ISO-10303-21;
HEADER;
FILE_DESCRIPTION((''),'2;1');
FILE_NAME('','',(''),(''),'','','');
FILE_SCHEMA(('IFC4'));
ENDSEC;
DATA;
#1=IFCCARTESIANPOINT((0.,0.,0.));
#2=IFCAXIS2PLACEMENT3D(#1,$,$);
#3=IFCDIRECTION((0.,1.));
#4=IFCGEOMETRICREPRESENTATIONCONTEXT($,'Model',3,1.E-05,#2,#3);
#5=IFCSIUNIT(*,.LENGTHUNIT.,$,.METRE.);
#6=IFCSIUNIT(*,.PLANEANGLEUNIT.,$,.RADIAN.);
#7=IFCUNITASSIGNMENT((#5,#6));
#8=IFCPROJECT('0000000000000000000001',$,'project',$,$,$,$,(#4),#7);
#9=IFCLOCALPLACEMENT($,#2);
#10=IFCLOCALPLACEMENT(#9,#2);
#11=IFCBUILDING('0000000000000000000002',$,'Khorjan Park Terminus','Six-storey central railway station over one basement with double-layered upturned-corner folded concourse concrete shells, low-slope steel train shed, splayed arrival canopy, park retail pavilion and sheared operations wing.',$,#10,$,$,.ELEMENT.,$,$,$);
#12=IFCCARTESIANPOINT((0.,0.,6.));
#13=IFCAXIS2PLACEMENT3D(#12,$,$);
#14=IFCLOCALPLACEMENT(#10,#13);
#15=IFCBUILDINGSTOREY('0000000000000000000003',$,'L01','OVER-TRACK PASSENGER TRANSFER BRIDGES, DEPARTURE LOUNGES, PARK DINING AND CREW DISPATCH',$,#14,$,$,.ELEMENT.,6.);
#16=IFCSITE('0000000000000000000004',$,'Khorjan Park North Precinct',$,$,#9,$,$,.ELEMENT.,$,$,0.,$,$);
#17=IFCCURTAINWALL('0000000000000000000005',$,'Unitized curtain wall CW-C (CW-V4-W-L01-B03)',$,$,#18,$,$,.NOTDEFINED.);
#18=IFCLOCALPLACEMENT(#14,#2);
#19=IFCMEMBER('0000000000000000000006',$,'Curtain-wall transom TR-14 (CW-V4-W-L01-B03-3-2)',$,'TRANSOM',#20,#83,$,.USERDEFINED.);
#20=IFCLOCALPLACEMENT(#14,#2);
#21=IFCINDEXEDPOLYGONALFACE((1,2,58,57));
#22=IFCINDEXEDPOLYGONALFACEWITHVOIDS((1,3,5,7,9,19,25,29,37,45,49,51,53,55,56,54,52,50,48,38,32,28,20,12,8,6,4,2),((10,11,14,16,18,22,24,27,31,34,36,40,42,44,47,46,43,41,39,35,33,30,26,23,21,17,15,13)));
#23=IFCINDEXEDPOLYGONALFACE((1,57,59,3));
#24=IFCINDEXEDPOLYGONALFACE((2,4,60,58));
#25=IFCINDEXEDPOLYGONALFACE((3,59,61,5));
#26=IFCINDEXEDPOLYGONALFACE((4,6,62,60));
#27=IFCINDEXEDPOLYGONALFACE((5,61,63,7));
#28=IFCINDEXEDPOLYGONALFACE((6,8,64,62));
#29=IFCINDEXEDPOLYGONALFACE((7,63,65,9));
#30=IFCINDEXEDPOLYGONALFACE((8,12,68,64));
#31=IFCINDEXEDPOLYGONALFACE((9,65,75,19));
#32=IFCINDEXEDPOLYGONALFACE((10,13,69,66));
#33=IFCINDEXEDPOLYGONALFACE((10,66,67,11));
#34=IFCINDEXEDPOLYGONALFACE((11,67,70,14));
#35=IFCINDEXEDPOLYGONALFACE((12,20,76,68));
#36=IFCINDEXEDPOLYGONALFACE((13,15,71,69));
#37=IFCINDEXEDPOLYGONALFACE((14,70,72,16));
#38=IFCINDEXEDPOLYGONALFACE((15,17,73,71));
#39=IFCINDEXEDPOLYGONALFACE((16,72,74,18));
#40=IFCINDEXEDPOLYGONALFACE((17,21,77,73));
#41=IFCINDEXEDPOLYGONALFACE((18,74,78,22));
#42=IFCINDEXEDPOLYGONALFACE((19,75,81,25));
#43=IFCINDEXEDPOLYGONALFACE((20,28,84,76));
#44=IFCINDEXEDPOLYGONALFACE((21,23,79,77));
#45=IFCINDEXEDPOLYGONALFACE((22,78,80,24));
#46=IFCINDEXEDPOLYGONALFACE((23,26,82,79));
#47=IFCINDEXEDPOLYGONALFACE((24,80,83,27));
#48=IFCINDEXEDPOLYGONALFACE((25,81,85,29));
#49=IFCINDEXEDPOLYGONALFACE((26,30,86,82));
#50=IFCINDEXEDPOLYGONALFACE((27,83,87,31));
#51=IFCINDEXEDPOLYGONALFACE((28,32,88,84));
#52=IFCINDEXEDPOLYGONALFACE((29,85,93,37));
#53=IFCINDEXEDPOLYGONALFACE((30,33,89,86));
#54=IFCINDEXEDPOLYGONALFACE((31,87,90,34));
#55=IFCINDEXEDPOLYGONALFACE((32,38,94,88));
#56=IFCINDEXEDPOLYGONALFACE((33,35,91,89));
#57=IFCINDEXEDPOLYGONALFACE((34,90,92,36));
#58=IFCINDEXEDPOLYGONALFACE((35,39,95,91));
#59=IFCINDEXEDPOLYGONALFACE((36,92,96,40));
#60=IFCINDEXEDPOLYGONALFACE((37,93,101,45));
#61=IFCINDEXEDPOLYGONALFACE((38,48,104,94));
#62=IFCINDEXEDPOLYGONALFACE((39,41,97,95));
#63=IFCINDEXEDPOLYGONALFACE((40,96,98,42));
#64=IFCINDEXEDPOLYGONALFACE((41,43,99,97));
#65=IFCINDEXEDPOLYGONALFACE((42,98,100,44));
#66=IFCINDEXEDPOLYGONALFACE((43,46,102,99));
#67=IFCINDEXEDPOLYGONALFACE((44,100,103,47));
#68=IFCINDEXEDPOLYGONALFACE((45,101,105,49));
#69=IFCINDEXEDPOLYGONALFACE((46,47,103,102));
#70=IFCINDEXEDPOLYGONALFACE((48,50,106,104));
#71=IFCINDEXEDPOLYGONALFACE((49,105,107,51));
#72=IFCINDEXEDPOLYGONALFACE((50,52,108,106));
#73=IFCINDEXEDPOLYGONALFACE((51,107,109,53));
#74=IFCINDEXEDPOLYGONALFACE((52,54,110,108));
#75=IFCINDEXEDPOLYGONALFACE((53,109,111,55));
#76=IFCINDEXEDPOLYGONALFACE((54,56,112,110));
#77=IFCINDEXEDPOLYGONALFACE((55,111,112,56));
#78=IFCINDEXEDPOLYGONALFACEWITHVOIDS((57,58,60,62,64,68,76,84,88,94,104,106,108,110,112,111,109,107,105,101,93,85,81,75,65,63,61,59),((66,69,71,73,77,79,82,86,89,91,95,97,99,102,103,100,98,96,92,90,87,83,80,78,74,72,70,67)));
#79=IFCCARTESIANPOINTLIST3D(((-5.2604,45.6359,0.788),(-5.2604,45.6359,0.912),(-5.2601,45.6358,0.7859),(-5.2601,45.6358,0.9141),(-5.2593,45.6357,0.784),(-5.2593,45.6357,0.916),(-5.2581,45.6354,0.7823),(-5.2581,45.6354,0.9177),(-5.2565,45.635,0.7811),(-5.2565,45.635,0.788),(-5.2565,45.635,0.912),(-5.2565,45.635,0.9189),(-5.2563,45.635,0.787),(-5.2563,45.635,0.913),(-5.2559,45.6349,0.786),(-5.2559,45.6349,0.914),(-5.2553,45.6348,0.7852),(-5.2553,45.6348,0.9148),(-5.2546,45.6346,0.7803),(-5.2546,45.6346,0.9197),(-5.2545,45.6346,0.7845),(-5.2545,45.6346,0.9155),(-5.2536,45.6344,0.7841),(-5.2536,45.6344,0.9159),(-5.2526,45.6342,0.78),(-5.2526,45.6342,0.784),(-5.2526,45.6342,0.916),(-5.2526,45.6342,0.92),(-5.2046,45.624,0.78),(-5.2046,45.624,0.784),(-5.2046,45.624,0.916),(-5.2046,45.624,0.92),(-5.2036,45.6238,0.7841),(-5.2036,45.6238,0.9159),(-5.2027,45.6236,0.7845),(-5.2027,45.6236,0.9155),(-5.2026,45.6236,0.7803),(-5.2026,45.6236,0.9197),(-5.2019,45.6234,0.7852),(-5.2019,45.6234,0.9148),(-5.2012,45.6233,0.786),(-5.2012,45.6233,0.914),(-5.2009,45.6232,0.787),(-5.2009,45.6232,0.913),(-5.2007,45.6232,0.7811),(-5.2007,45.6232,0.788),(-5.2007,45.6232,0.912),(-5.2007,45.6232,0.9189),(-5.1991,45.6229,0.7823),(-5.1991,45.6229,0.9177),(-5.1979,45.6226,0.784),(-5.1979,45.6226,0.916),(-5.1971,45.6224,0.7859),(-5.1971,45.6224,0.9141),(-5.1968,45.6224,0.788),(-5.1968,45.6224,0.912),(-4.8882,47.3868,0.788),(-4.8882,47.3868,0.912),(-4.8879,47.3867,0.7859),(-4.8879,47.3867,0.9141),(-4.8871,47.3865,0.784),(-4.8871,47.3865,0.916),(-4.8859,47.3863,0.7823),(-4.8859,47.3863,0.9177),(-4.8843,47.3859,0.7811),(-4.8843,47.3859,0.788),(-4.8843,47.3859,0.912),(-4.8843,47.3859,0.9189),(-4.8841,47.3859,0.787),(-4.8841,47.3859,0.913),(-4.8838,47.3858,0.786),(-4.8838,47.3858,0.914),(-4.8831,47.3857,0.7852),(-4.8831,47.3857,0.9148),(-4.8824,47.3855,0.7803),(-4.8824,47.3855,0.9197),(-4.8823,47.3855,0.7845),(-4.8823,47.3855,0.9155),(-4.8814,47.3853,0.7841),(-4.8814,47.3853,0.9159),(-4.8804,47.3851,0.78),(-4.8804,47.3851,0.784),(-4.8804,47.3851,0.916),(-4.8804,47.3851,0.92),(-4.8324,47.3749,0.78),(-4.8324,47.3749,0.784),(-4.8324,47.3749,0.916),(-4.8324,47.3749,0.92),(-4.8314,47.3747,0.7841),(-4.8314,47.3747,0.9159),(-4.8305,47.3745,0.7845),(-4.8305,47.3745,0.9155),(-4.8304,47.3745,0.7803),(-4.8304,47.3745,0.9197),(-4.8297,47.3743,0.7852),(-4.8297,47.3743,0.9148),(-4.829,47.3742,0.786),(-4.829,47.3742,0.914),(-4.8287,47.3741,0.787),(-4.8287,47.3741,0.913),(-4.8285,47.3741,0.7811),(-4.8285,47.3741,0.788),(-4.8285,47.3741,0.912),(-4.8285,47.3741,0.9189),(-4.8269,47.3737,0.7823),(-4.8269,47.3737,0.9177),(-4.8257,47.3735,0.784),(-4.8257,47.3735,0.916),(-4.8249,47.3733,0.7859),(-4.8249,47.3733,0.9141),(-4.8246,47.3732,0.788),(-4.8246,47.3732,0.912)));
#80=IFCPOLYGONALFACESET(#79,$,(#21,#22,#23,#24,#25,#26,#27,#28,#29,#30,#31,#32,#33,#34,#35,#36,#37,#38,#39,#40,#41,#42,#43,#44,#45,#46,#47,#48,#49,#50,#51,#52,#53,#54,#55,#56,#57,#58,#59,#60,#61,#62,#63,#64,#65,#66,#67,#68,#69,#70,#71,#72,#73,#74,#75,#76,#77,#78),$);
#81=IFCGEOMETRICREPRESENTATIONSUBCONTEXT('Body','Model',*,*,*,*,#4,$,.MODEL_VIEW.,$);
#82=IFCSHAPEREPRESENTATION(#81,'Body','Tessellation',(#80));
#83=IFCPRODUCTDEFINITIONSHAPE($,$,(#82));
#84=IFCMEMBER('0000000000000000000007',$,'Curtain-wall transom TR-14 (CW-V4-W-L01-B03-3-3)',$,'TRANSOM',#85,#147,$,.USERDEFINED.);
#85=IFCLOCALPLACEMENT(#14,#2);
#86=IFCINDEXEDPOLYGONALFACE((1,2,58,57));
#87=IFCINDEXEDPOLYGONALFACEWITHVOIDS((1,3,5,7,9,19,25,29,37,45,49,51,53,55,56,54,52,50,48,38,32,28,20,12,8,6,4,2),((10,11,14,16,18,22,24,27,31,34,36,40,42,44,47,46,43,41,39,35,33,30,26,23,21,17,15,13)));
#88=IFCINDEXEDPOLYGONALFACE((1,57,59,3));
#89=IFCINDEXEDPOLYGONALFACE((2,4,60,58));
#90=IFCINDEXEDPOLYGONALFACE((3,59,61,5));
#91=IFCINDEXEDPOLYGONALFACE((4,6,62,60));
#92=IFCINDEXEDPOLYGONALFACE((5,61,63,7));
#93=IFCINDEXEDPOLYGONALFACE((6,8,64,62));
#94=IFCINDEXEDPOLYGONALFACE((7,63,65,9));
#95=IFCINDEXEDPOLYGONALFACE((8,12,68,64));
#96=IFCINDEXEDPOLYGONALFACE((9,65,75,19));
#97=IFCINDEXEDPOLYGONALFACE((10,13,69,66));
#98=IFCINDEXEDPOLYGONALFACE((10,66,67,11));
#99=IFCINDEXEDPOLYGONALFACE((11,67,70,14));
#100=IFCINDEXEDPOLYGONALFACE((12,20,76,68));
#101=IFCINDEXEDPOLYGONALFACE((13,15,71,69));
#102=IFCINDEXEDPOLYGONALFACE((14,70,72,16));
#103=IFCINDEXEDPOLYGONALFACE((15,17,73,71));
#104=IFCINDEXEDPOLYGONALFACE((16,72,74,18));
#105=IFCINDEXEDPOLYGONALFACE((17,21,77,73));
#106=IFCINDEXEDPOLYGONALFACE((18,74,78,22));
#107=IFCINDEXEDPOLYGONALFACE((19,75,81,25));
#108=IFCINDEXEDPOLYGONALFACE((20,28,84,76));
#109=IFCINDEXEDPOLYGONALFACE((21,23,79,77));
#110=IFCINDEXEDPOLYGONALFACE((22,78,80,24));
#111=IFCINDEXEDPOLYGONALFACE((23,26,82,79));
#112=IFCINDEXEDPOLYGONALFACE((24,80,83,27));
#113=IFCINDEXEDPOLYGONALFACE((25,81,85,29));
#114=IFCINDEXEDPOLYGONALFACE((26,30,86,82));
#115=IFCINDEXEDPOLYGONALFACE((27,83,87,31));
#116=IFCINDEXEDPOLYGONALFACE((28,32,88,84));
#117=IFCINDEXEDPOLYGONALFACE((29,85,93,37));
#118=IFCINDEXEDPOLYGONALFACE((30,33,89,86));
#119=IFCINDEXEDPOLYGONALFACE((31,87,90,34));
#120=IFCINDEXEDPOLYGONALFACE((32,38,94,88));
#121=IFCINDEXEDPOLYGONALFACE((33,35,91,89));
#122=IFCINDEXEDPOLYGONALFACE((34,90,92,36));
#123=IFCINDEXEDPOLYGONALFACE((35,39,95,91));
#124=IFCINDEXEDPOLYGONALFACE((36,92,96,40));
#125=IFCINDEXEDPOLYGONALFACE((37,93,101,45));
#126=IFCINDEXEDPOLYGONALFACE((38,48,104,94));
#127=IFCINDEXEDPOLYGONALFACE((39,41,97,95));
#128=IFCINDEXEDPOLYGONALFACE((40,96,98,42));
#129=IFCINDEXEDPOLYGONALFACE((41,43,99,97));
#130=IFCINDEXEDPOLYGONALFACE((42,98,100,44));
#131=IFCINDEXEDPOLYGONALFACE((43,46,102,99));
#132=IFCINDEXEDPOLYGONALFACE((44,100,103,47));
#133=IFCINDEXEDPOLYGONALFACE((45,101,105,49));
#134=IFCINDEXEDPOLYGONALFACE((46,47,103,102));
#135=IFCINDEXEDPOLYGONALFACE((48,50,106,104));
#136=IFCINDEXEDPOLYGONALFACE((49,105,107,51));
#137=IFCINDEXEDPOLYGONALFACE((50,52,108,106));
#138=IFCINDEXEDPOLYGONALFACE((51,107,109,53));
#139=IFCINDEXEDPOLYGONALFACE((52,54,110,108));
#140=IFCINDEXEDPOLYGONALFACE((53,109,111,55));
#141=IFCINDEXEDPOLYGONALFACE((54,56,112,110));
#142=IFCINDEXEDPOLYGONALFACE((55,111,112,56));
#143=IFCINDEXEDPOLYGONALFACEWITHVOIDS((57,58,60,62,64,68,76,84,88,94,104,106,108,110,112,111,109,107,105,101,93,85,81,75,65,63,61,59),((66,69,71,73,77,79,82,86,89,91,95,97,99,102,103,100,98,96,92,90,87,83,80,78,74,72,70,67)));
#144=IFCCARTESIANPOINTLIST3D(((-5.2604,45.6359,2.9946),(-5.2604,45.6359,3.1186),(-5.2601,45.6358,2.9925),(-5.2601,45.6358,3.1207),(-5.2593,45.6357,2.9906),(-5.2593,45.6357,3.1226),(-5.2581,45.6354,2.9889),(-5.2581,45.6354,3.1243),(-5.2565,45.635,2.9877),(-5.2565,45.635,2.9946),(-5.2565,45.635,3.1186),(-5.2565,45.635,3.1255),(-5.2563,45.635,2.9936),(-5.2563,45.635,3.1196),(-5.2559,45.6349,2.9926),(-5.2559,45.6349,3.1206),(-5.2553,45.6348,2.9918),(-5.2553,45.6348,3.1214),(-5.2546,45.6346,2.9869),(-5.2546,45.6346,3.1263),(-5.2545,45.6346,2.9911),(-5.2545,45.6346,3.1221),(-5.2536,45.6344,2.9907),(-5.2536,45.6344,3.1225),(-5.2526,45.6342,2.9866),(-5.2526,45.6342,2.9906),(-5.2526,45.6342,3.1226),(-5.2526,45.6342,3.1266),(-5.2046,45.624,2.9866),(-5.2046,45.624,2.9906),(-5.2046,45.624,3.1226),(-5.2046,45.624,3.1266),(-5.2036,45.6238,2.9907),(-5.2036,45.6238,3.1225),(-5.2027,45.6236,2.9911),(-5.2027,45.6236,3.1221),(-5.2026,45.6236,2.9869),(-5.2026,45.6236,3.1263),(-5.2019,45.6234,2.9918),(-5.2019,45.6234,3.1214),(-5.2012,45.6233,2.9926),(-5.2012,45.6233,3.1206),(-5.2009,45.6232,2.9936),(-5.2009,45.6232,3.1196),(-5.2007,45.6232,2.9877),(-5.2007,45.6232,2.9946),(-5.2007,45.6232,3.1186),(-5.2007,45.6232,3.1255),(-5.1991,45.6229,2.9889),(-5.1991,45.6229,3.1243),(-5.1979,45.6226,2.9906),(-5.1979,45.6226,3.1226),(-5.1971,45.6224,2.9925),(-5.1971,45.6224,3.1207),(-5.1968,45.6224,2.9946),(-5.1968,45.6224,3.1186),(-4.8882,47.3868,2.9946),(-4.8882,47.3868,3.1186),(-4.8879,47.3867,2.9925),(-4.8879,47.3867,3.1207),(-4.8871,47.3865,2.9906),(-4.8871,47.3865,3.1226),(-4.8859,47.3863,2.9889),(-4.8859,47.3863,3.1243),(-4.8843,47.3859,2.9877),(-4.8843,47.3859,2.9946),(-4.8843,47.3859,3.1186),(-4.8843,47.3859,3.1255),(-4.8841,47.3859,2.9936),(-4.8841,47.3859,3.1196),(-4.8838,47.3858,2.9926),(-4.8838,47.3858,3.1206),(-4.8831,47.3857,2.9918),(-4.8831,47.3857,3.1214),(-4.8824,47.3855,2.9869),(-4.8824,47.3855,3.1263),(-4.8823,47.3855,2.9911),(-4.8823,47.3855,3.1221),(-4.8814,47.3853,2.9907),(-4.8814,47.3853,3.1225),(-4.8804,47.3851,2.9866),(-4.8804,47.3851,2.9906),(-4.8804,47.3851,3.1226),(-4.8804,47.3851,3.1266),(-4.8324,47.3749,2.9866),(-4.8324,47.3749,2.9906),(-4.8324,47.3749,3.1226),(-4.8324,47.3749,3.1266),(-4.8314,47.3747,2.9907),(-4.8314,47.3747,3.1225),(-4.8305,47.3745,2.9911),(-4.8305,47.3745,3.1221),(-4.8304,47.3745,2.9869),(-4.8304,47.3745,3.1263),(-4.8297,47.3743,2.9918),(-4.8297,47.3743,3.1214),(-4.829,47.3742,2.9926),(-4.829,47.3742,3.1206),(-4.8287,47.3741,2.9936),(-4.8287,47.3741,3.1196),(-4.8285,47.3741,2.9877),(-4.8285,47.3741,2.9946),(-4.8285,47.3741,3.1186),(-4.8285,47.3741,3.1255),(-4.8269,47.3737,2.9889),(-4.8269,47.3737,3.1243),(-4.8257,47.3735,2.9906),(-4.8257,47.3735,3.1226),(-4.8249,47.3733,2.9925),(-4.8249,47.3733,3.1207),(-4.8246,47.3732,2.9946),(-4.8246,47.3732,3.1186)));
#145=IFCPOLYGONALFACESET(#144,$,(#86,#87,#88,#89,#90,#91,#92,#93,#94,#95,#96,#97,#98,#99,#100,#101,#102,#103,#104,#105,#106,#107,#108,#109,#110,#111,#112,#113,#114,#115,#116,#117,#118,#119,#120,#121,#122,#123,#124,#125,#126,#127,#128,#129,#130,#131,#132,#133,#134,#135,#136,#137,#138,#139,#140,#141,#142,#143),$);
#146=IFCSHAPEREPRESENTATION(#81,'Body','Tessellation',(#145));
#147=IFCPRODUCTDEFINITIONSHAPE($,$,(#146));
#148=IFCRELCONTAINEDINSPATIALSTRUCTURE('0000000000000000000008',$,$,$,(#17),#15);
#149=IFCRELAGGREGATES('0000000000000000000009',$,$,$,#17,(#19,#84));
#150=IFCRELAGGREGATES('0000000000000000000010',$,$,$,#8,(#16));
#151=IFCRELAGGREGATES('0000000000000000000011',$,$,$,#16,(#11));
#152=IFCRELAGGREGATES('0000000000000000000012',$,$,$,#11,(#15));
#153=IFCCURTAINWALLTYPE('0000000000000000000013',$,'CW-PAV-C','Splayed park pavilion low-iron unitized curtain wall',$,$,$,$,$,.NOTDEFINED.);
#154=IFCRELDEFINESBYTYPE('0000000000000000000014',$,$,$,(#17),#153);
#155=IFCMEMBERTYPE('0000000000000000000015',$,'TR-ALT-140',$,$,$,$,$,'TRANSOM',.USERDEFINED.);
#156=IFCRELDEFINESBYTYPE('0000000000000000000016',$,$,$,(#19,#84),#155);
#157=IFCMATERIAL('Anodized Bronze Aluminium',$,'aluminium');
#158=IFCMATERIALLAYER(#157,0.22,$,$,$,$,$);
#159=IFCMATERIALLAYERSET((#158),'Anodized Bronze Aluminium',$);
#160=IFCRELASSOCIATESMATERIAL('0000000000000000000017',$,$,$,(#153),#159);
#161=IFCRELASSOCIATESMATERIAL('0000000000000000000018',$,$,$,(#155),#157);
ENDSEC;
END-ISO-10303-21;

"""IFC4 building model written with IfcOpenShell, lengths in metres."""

from ifc_helpers import new_model, si_unit, direction, frame, origin, origin_2d, place, context, subcontext, project, spatial, hollow_rectangle, extrude, material, layer, layer_set, material_profile, profile_set, type_object, element, aggregate, save


model = new_model("IFC4")

# Units and contexts
model_context = context("Model", 3, precision=1e-05, world=origin(), true_north=direction((0.0, 1.0)))
body_context = subcontext(model_context, "Body", "Model", "MODEL_VIEW")
ifc_project = project(units=[si_unit("LENGTHUNIT", "METRE"), si_unit("PLANEANGLEUNIT", "RADIAN")], contexts=[model_context])

# Site, building, storey
site_placement = place(None, origin())
site = spatial("IfcSite", under=ifc_project, at=site_placement, Name="Khorjan Park North Precinct", CompositionType="ELEMENT", RefElevation=0.0)
building_placement = place(site_placement, origin())
building = spatial("IfcBuilding", under=site, at=building_placement, Name="Khorjan Park Terminus", Description="Six-storey central railway station over one basement with double-layered upturned-corner folded concourse concrete shells, low-slope steel train shed, splayed arrival canopy, park retail pavilion and sheared operations wing.", CompositionType="ELEMENT")
storey_placement = place(building_placement, frame((0.0, 0.0, 6.0)))
storey = spatial("IfcBuildingStorey", under=building, at=storey_placement, Name="L01", Description="OVER-TRACK PASSENGER TRANSFER BRIDGES, DEPARTURE LOUNGES, PARK DINING AND CREW DISPATCH", CompositionType="ELEMENT", Elevation=6.0)

# Curtain wall, members
ifc_material_1 = material(Name="Anodized Bronze Aluminium", Category="aluminium")
ifc_layer_1 = layer(ifc_material_1, 0.22)
ifc_layer_set_1 = layer_set([ifc_layer_1], Name="Anodized Bronze Aluminium")
curtain_wall_type = type_object("IfcCurtainWallType", Name="CW-PAV-C", Description="Splayed park pavilion low-iron unitized curtain wall", PredefinedType="NOTDEFINED", material=ifc_layer_set_1)
curtain_wall_placement = place(storey_placement, origin())
curtain_wall = element("IfcCurtainWall", 1, at=curtain_wall_placement, inside=storey, type_object=curtain_wall_type, Name="Unitized curtain wall CW-C (CW-V4-W-L01-B03)", PredefinedType="NOTDEFINED")
ifc_material_profile_1 = material_profile(ifc_material_1, hollow_rectangle(XDim=0.065, YDim=0.14, WallThickness=0.004, InnerFilletRadius=0.004, OuterFilletRadius=0.008, at=origin_2d()), Name="ALT 65x140x4")
ifc_profile_set_1 = profile_set([ifc_material_profile_1], Name="Anodized Bronze Aluminium")
member_type_1 = type_object("IfcMemberType", Name="TR-ALT-140", ElementType="TRANSOM", PredefinedType="USERDEFINED", material=ifc_profile_set_1)
member_1_placement = place(storey_placement, frame((-4.8564, 47.38, 0.85), z_axis=(-0.20793, -0.978144, 0.0), x_axis=(0.978144, -0.20793, 0.0)))
member_1 = element("IfcMember", 2, at=member_1_placement, type_object=member_type_1, Name="Curtain-wall transom TR-14 (CW-V4-W-L01-B03-3-2)", ObjectType="TRANSOM", PredefinedType="USERDEFINED", context=body_context, shape_type="SweptSolid", body=[
    extrude(hollow_rectangle(XDim=0.065, YDim=0.14, WallThickness=0.004, InnerFilletRadius=0.004, OuterFilletRadius=0.008, at=origin_2d()), origin(), (0.0, 0.0, 1.0), 1.79),
])
member_2_placement = place(storey_placement, frame((-4.8564, 47.38, 3.0566), z_axis=(-0.20793, -0.978144, 0.0), x_axis=(0.978144, -0.20793, 0.0)))
member_2 = element("IfcMember", 3, at=member_2_placement, type_object=member_type_1, Name="Curtain-wall transom TR-14 (CW-V4-W-L01-B03-3-3)", ObjectType="TRANSOM", PredefinedType="USERDEFINED", context=body_context, shape_type="SweptSolid", body=[
    extrude(hollow_rectangle(XDim=0.065, YDim=0.14, WallThickness=0.004, InnerFilletRadius=0.004, OuterFilletRadius=0.008, at=origin_2d()), origin(), (0.0, 0.0, 1.0), 1.79),
])
aggregate(curtain_wall, [member_1, member_2])

save(model, "model.ifc")
